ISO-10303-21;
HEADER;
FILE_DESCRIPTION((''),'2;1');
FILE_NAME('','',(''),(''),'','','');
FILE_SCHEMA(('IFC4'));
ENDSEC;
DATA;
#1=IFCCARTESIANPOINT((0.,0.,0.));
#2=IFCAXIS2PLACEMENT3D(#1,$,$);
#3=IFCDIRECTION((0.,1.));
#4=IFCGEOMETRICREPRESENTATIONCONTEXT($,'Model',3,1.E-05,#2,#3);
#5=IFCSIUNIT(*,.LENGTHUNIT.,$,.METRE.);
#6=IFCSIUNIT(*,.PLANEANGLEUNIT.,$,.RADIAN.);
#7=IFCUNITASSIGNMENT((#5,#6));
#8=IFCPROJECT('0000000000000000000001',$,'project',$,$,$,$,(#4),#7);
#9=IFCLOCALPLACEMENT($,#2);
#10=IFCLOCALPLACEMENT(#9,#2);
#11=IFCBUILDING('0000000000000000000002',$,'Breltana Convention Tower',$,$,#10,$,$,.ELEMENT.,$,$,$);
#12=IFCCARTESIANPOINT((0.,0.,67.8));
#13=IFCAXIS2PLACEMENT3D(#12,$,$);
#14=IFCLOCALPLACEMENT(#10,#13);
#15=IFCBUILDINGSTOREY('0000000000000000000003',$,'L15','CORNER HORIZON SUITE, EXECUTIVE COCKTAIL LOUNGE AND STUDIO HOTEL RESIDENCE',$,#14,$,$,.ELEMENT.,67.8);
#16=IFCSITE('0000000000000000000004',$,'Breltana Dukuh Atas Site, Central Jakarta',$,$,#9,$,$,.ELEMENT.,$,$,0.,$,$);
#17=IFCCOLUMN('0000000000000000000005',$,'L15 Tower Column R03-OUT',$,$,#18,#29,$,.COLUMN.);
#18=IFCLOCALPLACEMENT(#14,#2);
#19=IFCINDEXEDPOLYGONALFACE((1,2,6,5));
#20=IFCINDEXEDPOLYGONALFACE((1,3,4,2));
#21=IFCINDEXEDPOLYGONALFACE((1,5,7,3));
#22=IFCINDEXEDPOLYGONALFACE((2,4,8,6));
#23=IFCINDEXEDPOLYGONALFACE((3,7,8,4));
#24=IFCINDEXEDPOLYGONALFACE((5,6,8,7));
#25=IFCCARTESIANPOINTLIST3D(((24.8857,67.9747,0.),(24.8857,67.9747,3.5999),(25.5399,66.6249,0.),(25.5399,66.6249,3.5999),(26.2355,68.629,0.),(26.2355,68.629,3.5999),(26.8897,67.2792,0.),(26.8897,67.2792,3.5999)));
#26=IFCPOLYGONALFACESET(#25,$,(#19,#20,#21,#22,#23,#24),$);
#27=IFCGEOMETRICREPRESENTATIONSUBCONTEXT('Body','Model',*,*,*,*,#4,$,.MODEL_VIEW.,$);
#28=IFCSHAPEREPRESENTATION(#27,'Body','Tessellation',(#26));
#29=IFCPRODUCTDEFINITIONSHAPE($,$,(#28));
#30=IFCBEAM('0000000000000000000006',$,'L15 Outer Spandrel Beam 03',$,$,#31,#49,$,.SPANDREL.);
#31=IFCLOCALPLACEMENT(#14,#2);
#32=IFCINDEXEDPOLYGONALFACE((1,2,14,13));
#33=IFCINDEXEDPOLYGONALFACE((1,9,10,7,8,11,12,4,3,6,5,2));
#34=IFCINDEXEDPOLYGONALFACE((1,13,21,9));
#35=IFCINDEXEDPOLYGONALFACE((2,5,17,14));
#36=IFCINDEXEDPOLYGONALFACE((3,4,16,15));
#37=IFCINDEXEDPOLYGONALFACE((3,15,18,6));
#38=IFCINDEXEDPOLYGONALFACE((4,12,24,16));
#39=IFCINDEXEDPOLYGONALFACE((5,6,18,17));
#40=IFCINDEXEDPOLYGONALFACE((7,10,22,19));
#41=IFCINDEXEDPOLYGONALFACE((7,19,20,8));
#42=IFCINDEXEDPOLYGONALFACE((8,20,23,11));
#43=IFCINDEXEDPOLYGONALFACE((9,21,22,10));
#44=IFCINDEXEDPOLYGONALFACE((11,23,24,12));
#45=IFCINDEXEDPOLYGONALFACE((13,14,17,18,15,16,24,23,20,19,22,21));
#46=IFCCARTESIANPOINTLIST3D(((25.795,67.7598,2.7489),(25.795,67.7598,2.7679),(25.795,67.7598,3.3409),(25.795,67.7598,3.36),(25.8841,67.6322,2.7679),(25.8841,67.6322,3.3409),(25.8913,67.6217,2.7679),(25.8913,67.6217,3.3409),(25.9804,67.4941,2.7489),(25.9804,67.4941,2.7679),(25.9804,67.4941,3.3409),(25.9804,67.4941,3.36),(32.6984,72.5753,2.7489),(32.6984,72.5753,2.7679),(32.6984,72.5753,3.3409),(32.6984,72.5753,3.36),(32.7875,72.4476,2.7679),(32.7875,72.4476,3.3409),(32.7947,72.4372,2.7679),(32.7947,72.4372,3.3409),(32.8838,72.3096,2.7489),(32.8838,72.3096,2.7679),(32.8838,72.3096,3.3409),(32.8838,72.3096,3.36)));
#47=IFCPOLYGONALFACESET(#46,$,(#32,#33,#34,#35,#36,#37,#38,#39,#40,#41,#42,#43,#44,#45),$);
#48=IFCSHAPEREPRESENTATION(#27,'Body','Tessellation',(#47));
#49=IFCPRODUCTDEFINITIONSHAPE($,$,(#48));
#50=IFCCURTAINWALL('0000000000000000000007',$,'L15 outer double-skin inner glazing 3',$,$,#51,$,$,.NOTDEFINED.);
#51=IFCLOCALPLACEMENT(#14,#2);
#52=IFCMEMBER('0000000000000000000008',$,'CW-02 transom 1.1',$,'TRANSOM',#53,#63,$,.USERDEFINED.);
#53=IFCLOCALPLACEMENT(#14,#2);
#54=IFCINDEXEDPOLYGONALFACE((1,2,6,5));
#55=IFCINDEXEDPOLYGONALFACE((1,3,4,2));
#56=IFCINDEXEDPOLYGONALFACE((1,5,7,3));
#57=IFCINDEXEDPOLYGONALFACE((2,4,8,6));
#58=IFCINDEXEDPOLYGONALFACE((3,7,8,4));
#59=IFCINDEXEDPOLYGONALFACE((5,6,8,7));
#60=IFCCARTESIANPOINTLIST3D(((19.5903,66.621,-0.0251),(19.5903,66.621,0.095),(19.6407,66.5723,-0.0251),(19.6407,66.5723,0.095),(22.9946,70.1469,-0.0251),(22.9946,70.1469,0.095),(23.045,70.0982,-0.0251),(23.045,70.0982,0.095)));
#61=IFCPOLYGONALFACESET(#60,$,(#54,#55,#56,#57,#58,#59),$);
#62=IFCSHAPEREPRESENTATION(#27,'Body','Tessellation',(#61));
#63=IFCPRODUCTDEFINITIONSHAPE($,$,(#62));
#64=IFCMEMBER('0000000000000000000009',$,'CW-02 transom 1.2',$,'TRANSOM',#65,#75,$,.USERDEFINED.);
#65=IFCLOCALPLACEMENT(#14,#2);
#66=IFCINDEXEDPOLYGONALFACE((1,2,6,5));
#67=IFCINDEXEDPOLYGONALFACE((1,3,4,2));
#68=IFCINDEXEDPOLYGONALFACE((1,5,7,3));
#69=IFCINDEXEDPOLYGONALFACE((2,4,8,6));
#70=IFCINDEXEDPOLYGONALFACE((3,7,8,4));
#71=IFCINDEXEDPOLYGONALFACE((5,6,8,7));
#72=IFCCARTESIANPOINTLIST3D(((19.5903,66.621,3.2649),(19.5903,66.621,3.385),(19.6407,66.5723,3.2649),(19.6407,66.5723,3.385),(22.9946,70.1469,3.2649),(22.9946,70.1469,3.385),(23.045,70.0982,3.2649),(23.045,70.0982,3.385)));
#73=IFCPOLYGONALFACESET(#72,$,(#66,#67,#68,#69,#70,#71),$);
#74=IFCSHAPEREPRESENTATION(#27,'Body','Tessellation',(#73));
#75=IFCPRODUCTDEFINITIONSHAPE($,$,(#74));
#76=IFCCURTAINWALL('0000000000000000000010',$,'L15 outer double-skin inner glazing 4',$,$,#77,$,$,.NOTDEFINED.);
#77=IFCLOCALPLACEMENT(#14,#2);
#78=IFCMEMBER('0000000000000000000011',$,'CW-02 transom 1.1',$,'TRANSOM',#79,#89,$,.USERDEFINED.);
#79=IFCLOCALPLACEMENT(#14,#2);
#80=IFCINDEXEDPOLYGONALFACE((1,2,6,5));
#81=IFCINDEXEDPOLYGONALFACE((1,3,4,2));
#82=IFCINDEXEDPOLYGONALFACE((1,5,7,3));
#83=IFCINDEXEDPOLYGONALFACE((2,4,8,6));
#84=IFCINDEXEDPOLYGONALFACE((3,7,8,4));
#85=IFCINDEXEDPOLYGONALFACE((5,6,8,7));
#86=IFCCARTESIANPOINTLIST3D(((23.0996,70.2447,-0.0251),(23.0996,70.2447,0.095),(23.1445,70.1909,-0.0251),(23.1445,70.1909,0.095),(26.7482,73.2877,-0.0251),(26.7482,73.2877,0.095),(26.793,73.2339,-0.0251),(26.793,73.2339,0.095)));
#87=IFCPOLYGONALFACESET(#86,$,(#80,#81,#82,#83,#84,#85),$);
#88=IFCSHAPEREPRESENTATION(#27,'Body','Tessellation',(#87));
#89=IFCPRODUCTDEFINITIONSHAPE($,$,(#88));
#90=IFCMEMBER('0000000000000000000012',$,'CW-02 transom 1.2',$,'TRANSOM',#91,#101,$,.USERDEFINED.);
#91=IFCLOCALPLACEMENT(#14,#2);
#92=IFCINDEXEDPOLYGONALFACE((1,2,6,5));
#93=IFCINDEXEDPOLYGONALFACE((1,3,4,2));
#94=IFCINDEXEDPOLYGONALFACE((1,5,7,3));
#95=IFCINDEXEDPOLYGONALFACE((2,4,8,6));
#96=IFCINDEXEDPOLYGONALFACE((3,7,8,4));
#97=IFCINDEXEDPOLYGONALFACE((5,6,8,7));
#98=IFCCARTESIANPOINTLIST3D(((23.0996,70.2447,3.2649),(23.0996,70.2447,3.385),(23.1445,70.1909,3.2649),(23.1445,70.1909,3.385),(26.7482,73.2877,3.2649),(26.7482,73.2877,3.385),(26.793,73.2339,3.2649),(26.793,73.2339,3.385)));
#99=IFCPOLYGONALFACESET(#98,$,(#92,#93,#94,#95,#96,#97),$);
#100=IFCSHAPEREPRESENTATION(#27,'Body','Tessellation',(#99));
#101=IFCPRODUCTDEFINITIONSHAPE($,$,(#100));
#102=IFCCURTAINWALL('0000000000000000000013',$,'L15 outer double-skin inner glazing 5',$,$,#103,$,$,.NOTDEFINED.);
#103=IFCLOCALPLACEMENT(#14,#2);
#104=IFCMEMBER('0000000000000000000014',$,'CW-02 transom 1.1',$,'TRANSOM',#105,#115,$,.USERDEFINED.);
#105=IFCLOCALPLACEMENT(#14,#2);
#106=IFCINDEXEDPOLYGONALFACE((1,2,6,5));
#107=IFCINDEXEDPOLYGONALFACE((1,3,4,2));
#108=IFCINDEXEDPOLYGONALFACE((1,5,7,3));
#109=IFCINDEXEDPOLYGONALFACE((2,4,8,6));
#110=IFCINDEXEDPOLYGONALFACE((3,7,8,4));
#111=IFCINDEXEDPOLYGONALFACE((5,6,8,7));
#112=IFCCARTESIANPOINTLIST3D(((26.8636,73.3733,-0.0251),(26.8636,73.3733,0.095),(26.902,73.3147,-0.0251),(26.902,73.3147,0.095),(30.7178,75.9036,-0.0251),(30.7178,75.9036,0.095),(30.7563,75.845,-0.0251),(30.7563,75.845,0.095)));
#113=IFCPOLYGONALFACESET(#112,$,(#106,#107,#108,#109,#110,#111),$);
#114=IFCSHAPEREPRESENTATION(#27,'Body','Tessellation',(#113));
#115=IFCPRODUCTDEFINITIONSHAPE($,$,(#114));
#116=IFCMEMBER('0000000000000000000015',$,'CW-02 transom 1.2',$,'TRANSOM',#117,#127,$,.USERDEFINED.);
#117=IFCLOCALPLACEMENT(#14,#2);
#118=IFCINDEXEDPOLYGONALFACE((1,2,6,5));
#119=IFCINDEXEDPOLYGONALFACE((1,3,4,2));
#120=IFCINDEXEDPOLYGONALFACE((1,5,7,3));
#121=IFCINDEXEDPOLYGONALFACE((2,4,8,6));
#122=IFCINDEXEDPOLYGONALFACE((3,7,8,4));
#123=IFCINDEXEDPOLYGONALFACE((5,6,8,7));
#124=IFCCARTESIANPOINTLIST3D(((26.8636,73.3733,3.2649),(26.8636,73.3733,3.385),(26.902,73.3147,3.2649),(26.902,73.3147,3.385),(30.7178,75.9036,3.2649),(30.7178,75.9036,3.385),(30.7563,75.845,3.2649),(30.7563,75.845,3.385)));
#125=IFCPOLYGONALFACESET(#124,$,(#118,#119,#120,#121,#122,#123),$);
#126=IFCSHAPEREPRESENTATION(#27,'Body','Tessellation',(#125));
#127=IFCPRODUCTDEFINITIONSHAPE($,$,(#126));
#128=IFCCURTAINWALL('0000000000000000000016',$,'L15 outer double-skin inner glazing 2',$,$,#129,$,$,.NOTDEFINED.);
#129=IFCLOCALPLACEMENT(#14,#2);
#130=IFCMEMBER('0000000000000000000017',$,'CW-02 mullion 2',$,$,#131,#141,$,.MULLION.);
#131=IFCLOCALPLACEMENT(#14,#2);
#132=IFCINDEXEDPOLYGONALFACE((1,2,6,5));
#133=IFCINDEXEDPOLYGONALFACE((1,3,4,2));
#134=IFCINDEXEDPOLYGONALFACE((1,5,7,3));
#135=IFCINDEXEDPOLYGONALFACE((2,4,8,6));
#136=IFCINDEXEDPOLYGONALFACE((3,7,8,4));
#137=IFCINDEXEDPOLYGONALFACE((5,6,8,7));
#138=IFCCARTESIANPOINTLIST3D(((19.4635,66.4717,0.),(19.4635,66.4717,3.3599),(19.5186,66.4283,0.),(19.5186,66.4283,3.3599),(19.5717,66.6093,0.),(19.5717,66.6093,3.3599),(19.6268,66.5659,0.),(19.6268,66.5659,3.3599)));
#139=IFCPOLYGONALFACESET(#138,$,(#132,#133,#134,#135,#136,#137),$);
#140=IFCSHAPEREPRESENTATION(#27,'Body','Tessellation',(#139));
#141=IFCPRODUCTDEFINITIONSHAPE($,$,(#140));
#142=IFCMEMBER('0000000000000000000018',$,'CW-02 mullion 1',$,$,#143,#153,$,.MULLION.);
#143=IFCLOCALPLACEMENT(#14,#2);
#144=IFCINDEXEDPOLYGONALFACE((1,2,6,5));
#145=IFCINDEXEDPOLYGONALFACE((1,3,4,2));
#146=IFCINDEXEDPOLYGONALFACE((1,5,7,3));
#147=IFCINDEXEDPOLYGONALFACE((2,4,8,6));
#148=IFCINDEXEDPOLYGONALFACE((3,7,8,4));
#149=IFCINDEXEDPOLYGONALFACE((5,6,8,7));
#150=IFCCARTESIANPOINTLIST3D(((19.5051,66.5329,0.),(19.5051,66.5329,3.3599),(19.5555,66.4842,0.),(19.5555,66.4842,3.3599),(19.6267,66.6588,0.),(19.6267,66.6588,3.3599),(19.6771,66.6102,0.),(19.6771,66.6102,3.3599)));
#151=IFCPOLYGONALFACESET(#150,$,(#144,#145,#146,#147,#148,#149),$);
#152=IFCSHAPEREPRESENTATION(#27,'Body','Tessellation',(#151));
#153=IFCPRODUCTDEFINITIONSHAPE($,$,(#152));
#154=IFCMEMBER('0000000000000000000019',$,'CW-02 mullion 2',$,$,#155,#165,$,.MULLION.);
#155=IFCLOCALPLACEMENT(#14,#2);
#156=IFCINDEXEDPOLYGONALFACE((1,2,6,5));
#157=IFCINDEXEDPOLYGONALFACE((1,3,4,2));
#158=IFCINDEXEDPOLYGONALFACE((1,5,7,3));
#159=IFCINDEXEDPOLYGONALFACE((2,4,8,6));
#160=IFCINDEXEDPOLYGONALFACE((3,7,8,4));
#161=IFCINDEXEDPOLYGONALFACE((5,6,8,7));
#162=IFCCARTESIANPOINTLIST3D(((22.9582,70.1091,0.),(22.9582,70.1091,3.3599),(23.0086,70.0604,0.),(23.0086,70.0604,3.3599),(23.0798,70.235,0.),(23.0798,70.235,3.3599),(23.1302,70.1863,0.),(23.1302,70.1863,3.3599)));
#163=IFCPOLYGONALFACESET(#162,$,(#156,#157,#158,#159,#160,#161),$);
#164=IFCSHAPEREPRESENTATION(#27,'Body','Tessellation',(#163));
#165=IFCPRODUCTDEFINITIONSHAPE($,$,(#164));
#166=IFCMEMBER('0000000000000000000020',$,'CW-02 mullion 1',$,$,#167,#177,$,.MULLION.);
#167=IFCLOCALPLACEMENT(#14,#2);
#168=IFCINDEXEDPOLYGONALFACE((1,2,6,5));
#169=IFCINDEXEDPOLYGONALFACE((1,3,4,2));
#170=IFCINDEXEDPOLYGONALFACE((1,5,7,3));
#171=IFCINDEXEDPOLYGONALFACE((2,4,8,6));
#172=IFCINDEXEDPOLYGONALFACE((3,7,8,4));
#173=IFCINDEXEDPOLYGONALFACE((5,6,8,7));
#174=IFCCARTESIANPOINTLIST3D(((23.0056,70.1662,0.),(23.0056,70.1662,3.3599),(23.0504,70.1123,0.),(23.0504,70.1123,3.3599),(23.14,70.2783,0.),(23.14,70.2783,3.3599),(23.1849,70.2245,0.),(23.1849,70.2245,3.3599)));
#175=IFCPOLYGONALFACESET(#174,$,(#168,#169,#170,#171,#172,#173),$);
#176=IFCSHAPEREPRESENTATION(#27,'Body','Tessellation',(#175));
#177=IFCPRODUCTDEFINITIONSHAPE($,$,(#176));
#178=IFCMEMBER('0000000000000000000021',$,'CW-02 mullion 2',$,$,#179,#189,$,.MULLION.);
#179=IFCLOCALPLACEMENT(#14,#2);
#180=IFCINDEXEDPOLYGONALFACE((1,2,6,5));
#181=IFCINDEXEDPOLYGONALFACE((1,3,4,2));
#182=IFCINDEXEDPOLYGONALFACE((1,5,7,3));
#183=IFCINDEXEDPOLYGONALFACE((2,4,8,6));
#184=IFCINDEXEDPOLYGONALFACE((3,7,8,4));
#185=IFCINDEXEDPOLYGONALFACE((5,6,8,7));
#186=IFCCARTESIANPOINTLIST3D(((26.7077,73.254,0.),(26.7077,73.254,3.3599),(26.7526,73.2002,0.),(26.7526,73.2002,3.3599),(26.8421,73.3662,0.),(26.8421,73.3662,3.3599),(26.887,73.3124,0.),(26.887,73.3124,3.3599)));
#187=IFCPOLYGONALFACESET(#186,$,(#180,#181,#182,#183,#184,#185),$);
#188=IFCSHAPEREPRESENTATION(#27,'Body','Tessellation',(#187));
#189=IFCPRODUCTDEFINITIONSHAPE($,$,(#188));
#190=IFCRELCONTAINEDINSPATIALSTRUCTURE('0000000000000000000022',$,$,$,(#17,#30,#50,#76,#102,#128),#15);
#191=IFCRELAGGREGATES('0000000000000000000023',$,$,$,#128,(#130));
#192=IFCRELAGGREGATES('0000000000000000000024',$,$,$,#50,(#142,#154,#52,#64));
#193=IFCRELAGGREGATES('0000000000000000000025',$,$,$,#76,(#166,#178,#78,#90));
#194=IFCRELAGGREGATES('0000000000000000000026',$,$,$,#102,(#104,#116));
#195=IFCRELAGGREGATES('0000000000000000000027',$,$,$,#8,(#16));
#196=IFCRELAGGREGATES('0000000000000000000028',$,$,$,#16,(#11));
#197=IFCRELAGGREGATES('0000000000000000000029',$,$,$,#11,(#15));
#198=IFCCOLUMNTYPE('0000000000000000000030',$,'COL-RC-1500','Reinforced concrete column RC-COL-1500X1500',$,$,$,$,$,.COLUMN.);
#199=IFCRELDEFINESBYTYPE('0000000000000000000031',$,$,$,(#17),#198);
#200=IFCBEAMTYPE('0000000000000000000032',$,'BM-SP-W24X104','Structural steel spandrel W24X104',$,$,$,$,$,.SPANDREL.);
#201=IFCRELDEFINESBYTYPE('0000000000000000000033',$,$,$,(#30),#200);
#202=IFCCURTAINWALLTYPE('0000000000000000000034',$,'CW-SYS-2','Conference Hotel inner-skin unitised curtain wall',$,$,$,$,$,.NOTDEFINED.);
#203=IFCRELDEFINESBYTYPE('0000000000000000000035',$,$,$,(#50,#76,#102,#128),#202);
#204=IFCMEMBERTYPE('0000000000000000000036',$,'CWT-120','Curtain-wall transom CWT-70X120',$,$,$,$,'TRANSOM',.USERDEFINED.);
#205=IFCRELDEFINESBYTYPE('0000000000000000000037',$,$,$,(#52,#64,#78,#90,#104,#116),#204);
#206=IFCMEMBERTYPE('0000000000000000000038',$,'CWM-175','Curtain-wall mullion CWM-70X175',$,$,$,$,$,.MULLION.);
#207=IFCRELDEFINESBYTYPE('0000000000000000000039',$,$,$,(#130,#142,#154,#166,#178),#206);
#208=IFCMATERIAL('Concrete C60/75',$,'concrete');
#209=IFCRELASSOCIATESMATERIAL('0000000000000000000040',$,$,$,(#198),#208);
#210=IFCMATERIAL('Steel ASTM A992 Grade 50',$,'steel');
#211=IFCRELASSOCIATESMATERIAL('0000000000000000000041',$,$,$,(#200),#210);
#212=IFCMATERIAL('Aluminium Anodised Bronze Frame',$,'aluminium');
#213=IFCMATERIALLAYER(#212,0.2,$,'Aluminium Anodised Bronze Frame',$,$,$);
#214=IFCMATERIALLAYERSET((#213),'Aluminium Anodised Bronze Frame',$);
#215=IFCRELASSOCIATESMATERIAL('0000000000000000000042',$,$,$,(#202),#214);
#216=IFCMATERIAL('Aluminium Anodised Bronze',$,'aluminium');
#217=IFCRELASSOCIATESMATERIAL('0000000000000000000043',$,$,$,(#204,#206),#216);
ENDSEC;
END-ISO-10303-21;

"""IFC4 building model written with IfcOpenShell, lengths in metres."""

from ifc_helpers import new_model, si_unit, direction, frame, origin, origin_2d, place, context, subcontext, project, spatial, rectangle, i_section, extrude, source, transform, mapped, material, layer, layer_set, material_profile, profile_set, type_object, element, aggregate, save


model = new_model("IFC4")

# Units and contexts
model_context = context("Model", 3, precision=1e-05, world=origin(), true_north=direction((0.0, 1.0)))
body_context = subcontext(model_context, "Body", "Model", "MODEL_VIEW")
ifc_project = project(units=[si_unit("LENGTHUNIT", "METRE"), si_unit("PLANEANGLEUNIT", "RADIAN")], contexts=[model_context])

# Site, building, storey
site_placement = place(None, origin())
site = spatial("IfcSite", under=ifc_project, at=site_placement, Name="Breltana Dukuh Atas Site, Central Jakarta", CompositionType="ELEMENT", RefElevation=0.0)
building_placement = place(site_placement, origin())
building = spatial("IfcBuilding", under=site, at=building_placement, Name="Breltana Convention Tower", CompositionType="ELEMENT")
storey_placement = place(building_placement, frame((0.0, 0.0, 67.8)))
storey = spatial("IfcBuildingStorey", under=building, at=storey_placement, Name="L15", Description="CORNER HORIZON SUITE, EXECUTIVE COCKTAIL LOUNGE AND STUDIO HOTEL RESIDENCE", CompositionType="ELEMENT", Elevation=67.8)

# Column
ifc_material_1 = material(Name="Concrete C60/75", Category="concrete")
ifc_material_profile_1 = material_profile(ifc_material_1, rectangle(XDim=1.5, YDim=1.5, at=origin_2d()), Name="RC-COL-1500X1500")
ifc_profile_set_1 = profile_set([ifc_material_profile_1], Name="Concrete C60/75")
column_type = type_object("IfcColumnType", Name="COL-RC-1500", Description="Reinforced concrete column RC-COL-1500X1500", PredefinedType="COLUMN", material=ifc_profile_set_1)
shared_shape_1 = source(origin(), body_context, "Body", "SweptSolid", [
    extrude(rectangle(XDim=1.5, YDim=1.5, at=origin_2d()), origin(), (0.0, 0.0, 1.0), 3.5999),
])
column_placement = place(storey_placement, frame((25.8877, 67.627, 0.0), z_axis=(0.0, 0.0, 1.0), x_axis=(-0.436174, 0.899863, 0.0)))
element("IfcColumn", 1, at=column_placement, inside=storey, type_object=column_type, Name="L15 Tower Column R03-OUT", PredefinedType="COLUMN", context=body_context, shape_type="MappedRepresentation", body=[
    mapped(shared_shape_1, transform((0.0, 0.0, 0.0), scale=1.0)),
])

# Beam
ifc_material_2 = material(Name="Steel ASTM A992 Grade 50", Category="steel")
ifc_material_profile_2 = material_profile(ifc_material_2, i_section(OverallWidth=0.324, OverallDepth=0.6111, WebThickness=0.0127, FlangeThickness=0.019, at=origin_2d()), Name="W24X104")
ifc_profile_set_2 = profile_set([ifc_material_profile_2], Name="Steel ASTM A992 Grade 50")
beam_type = type_object("IfcBeamType", Name="BM-SP-W24X104", Description="Structural steel spandrel W24X104", PredefinedType="SPANDREL", material=ifc_profile_set_2)
shared_shape_2 = source(origin(), body_context, "Body", "SweptSolid", [
    extrude(i_section(OverallWidth=0.324, OverallDepth=0.6111, WebThickness=0.0127, FlangeThickness=0.019, at=origin_2d()), origin(), (0.0, 0.0, 1.0), 8.417),
])
beam_placement = place(storey_placement, frame((25.8877, 67.627, 3.0544), z_axis=(0.820174, 0.572114, 0.0), x_axis=(-0.572114, 0.820174, 0.0)))
element("IfcBeam", 2, at=beam_placement, inside=storey, type_object=beam_type, Name="L15 Outer Spandrel Beam 03", PredefinedType="SPANDREL", context=body_context, shape_type="MappedRepresentation", body=[
    mapped(shared_shape_2, transform((0.0, 0.0, 0.0), scale=1.0)),
])

# Curtain walls, members
ifc_material_3 = material(Name="Aluminium Anodised Bronze Frame", Category="aluminium")
ifc_layer_1 = layer(ifc_material_3, 0.2, Name="Aluminium Anodised Bronze Frame")
ifc_layer_set_1 = layer_set([ifc_layer_1], Name="Aluminium Anodised Bronze Frame")
curtain_wall_type = type_object("IfcCurtainWallType", Name="CW-SYS-2", Description="Conference Hotel inner-skin unitised curtain wall", PredefinedType="NOTDEFINED", material=ifc_layer_set_1)
curtain_wall_1_placement = place(storey_placement, origin())
curtain_wall_1 = element("IfcCurtainWall", 3, at=curtain_wall_1_placement, inside=storey, type_object=curtain_wall_type, Name="L15 outer double-skin inner glazing 3", PredefinedType="NOTDEFINED")
ifc_material_4 = material(Name="Aluminium Anodised Bronze", Category="aluminium")
ifc_material_profile_3 = material_profile(ifc_material_4, rectangle(XDim=0.0701, YDim=0.1201, at=origin_2d()), Name="CWT-70X120")
ifc_profile_set_3 = profile_set([ifc_material_profile_3], Name="Aluminium Anodised Bronze")
member_type_1 = type_object("IfcMemberType", Name="CWT-120", Description="Curtain-wall transom CWT-70X120", ElementType="TRANSOM", PredefinedType="USERDEFINED", material=ifc_profile_set_3)
shared_shape_3 = source(origin(), body_context, "Body", "SweptSolid", [
    extrude(rectangle(XDim=0.0701, YDim=0.1201, at=origin_2d()), origin(), (0.0, 0.0, 1.0), 4.9011),
])
member_1_placement = place(storey_placement, frame((19.6155, 66.5967, 0.0349), z_axis=(0.694595, 0.719401, 0.0), x_axis=(-0.719401, 0.694595, 0.0)))
member_1 = element("IfcMember", 4, at=member_1_placement, type_object=member_type_1, Name="CW-02 transom 1.1", ObjectType="TRANSOM", PredefinedType="USERDEFINED", context=body_context, shape_type="MappedRepresentation", body=[
    mapped(shared_shape_3, transform((0.0, 0.0, 0.0), scale=1.0)),
])
member_2_placement = place(storey_placement, frame((19.6155, 66.5967, 3.325), z_axis=(0.694595, 0.719401, 0.0), x_axis=(-0.719401, 0.694595, 0.0)))
member_2 = element("IfcMember", 5, at=member_2_placement, type_object=member_type_1, Name="CW-02 transom 1.2", ObjectType="TRANSOM", PredefinedType="USERDEFINED", context=body_context, shape_type="MappedRepresentation", body=[
    mapped(shared_shape_3, transform((0.0, 0.0, 0.0), scale=1.0)),
])
curtain_wall_2_placement = place(storey_placement, origin())
curtain_wall_2 = element("IfcCurtainWall", 6, at=curtain_wall_2_placement, inside=storey, type_object=curtain_wall_type, Name="L15 outer double-skin inner glazing 4", PredefinedType="NOTDEFINED")
shared_shape_4 = source(origin(), body_context, "Body", "SweptSolid", [
    extrude(rectangle(XDim=0.0701, YDim=0.1201, at=origin_2d()), origin(), (0.0, 0.0, 1.0), 4.751),
])
member_3_placement = place(storey_placement, frame((23.1221, 70.2178, 0.0349), z_axis=(0.767952, 0.640508, 0.0), x_axis=(-0.640508, 0.767952, 0.0)))
member_3 = element("IfcMember", 7, at=member_3_placement, type_object=member_type_1, Name="CW-02 transom 1.1", ObjectType="TRANSOM", PredefinedType="USERDEFINED", context=body_context, shape_type="MappedRepresentation", body=[
    mapped(shared_shape_4, transform((0.0, 0.0, 0.0), scale=1.0)),
])
member_4_placement = place(storey_placement, frame((23.1221, 70.2178, 3.325), z_axis=(0.767952, 0.640508, 0.0), x_axis=(-0.640508, 0.767952, 0.0)))
member_4 = element("IfcMember", 8, at=member_4_placement, type_object=member_type_1, Name="CW-02 transom 1.2", ObjectType="TRANSOM", PredefinedType="USERDEFINED", context=body_context, shape_type="MappedRepresentation", body=[
    mapped(shared_shape_4, transform((0.0, 0.0, 0.0), scale=1.0)),
])
curtain_wall_3_placement = place(storey_placement, origin())
curtain_wall_3 = element("IfcCurtainWall", 9, at=curtain_wall_3_placement, inside=storey, type_object=curtain_wall_type, Name="L15 outer double-skin inner glazing 5", PredefinedType="NOTDEFINED")
shared_shape_5 = source(origin(), body_context, "Body", "SweptSolid", [
    extrude(rectangle(XDim=0.0701, YDim=0.1201, at=origin_2d()), origin(), (0.0, 0.0, 1.0), 4.6106),
])
member_5_placement = place(storey_placement, frame((26.8828, 73.344, 0.0349), z_axis=(0.835956, 0.548796, 0.0), x_axis=(-0.548796, 0.835956, 0.0)))
member_5 = element("IfcMember", 10, at=member_5_placement, type_object=member_type_1, Name="CW-02 transom 1.1", ObjectType="TRANSOM", PredefinedType="USERDEFINED", context=body_context, shape_type="MappedRepresentation", body=[
    mapped(shared_shape_5, transform((0.0, 0.0, 0.0), scale=1.0)),
])
member_6_placement = place(storey_placement, frame((26.8828, 73.344, 3.325), z_axis=(0.835956, 0.548796, 0.0), x_axis=(-0.548796, 0.835956, 0.0)))
member_6 = element("IfcMember", 11, at=member_6_placement, type_object=member_type_1, Name="CW-02 transom 1.2", ObjectType="TRANSOM", PredefinedType="USERDEFINED", context=body_context, shape_type="MappedRepresentation", body=[
    mapped(shared_shape_5, transform((0.0, 0.0, 0.0), scale=1.0)),
])

# Curtain wall, member
curtain_wall_4_placement = place(storey_placement, origin())
curtain_wall_4 = element("IfcCurtainWall", 12, at=curtain_wall_4_placement, inside=storey, type_object=curtain_wall_type, Name="L15 outer double-skin inner glazing 2", PredefinedType="NOTDEFINED")
ifc_material_profile_4 = material_profile(ifc_material_4, rectangle(XDim=0.0701, YDim=0.175, at=origin_2d()), Name="CWM-70X175")
ifc_profile_set_4 = profile_set([ifc_material_profile_4], Name="Aluminium Anodised Bronze")
member_type_2 = type_object("IfcMemberType", Name="CWM-175", Description="Curtain-wall mullion CWM-70X175", PredefinedType="MULLION", material=ifc_profile_set_4)
shared_shape_6 = source(origin(), body_context, "Body", "SweptSolid", [
    extrude(rectangle(XDim=0.0701, YDim=0.175, at=origin_2d()), origin(), (0.0, 0.0, 1.0), 3.3599),
])
member_7_placement = place(storey_placement, frame((19.5452, 66.5188, 0.0), z_axis=(0.0, 0.0, 1.0), x_axis=(-0.786057, 0.618154, 0.0)))
member_7 = element("IfcMember", 13, at=member_7_placement, type_object=member_type_2, Name="CW-02 mullion 2", PredefinedType="MULLION", context=body_context, shape_type="MappedRepresentation", body=[
    mapped(shared_shape_6, transform((0.0, 0.0, 0.0), scale=1.0)),
])
aggregate(curtain_wall_4, [member_7])

# Members
member_8_placement = place(storey_placement, frame((19.5911, 66.5715, 0.0), z_axis=(0.0, 0.0, 1.0), x_axis=(-0.719386, 0.69461, 0.0)))
member_8 = element("IfcMember", 14, at=member_8_placement, type_object=member_type_2, Name="CW-02 mullion 1", PredefinedType="MULLION", context=body_context, shape_type="MappedRepresentation", body=[
    mapped(shared_shape_6, transform((0.0, 0.0, 0.0), scale=1.0)),
])
member_9_placement = place(storey_placement, frame((23.0442, 70.1477, 0.0), z_axis=(0.0, 0.0, 1.0), x_axis=(-0.719386, 0.69461, 0.0)))
member_9 = element("IfcMember", 15, at=member_9_placement, type_object=member_type_2, Name="CW-02 mullion 2", PredefinedType="MULLION", context=body_context, shape_type="MappedRepresentation", body=[
    mapped(shared_shape_6, transform((0.0, 0.0, 0.0), scale=1.0)),
])
member_10_placement = place(storey_placement, frame((23.0952, 70.1953, 0.0), z_axis=(0.0, 0.0, 1.0), x_axis=(-0.64052, 0.767941, 0.0)))
member_10 = element("IfcMember", 16, at=member_10_placement, type_object=member_type_2, Name="CW-02 mullion 1", PredefinedType="MULLION", context=body_context, shape_type="MappedRepresentation", body=[
    mapped(shared_shape_6, transform((0.0, 0.0, 0.0), scale=1.0)),
])
member_11_placement = place(storey_placement, frame((26.7974, 73.2832, 0.0), z_axis=(0.0, 0.0, 1.0), x_axis=(-0.64052, 0.767941, 0.0)))
member_11 = element("IfcMember", 17, at=member_11_placement, type_object=member_type_2, Name="CW-02 mullion 2", PredefinedType="MULLION", context=body_context, shape_type="MappedRepresentation", body=[
    mapped(shared_shape_6, transform((0.0, 0.0, 0.0), scale=1.0)),
])

aggregate(curtain_wall_1, [member_8, member_9, member_1, member_2])
aggregate(curtain_wall_2, [member_10, member_11, member_3, member_4])
aggregate(curtain_wall_3, [member_5, member_6])

save(model, "model.ifc")
